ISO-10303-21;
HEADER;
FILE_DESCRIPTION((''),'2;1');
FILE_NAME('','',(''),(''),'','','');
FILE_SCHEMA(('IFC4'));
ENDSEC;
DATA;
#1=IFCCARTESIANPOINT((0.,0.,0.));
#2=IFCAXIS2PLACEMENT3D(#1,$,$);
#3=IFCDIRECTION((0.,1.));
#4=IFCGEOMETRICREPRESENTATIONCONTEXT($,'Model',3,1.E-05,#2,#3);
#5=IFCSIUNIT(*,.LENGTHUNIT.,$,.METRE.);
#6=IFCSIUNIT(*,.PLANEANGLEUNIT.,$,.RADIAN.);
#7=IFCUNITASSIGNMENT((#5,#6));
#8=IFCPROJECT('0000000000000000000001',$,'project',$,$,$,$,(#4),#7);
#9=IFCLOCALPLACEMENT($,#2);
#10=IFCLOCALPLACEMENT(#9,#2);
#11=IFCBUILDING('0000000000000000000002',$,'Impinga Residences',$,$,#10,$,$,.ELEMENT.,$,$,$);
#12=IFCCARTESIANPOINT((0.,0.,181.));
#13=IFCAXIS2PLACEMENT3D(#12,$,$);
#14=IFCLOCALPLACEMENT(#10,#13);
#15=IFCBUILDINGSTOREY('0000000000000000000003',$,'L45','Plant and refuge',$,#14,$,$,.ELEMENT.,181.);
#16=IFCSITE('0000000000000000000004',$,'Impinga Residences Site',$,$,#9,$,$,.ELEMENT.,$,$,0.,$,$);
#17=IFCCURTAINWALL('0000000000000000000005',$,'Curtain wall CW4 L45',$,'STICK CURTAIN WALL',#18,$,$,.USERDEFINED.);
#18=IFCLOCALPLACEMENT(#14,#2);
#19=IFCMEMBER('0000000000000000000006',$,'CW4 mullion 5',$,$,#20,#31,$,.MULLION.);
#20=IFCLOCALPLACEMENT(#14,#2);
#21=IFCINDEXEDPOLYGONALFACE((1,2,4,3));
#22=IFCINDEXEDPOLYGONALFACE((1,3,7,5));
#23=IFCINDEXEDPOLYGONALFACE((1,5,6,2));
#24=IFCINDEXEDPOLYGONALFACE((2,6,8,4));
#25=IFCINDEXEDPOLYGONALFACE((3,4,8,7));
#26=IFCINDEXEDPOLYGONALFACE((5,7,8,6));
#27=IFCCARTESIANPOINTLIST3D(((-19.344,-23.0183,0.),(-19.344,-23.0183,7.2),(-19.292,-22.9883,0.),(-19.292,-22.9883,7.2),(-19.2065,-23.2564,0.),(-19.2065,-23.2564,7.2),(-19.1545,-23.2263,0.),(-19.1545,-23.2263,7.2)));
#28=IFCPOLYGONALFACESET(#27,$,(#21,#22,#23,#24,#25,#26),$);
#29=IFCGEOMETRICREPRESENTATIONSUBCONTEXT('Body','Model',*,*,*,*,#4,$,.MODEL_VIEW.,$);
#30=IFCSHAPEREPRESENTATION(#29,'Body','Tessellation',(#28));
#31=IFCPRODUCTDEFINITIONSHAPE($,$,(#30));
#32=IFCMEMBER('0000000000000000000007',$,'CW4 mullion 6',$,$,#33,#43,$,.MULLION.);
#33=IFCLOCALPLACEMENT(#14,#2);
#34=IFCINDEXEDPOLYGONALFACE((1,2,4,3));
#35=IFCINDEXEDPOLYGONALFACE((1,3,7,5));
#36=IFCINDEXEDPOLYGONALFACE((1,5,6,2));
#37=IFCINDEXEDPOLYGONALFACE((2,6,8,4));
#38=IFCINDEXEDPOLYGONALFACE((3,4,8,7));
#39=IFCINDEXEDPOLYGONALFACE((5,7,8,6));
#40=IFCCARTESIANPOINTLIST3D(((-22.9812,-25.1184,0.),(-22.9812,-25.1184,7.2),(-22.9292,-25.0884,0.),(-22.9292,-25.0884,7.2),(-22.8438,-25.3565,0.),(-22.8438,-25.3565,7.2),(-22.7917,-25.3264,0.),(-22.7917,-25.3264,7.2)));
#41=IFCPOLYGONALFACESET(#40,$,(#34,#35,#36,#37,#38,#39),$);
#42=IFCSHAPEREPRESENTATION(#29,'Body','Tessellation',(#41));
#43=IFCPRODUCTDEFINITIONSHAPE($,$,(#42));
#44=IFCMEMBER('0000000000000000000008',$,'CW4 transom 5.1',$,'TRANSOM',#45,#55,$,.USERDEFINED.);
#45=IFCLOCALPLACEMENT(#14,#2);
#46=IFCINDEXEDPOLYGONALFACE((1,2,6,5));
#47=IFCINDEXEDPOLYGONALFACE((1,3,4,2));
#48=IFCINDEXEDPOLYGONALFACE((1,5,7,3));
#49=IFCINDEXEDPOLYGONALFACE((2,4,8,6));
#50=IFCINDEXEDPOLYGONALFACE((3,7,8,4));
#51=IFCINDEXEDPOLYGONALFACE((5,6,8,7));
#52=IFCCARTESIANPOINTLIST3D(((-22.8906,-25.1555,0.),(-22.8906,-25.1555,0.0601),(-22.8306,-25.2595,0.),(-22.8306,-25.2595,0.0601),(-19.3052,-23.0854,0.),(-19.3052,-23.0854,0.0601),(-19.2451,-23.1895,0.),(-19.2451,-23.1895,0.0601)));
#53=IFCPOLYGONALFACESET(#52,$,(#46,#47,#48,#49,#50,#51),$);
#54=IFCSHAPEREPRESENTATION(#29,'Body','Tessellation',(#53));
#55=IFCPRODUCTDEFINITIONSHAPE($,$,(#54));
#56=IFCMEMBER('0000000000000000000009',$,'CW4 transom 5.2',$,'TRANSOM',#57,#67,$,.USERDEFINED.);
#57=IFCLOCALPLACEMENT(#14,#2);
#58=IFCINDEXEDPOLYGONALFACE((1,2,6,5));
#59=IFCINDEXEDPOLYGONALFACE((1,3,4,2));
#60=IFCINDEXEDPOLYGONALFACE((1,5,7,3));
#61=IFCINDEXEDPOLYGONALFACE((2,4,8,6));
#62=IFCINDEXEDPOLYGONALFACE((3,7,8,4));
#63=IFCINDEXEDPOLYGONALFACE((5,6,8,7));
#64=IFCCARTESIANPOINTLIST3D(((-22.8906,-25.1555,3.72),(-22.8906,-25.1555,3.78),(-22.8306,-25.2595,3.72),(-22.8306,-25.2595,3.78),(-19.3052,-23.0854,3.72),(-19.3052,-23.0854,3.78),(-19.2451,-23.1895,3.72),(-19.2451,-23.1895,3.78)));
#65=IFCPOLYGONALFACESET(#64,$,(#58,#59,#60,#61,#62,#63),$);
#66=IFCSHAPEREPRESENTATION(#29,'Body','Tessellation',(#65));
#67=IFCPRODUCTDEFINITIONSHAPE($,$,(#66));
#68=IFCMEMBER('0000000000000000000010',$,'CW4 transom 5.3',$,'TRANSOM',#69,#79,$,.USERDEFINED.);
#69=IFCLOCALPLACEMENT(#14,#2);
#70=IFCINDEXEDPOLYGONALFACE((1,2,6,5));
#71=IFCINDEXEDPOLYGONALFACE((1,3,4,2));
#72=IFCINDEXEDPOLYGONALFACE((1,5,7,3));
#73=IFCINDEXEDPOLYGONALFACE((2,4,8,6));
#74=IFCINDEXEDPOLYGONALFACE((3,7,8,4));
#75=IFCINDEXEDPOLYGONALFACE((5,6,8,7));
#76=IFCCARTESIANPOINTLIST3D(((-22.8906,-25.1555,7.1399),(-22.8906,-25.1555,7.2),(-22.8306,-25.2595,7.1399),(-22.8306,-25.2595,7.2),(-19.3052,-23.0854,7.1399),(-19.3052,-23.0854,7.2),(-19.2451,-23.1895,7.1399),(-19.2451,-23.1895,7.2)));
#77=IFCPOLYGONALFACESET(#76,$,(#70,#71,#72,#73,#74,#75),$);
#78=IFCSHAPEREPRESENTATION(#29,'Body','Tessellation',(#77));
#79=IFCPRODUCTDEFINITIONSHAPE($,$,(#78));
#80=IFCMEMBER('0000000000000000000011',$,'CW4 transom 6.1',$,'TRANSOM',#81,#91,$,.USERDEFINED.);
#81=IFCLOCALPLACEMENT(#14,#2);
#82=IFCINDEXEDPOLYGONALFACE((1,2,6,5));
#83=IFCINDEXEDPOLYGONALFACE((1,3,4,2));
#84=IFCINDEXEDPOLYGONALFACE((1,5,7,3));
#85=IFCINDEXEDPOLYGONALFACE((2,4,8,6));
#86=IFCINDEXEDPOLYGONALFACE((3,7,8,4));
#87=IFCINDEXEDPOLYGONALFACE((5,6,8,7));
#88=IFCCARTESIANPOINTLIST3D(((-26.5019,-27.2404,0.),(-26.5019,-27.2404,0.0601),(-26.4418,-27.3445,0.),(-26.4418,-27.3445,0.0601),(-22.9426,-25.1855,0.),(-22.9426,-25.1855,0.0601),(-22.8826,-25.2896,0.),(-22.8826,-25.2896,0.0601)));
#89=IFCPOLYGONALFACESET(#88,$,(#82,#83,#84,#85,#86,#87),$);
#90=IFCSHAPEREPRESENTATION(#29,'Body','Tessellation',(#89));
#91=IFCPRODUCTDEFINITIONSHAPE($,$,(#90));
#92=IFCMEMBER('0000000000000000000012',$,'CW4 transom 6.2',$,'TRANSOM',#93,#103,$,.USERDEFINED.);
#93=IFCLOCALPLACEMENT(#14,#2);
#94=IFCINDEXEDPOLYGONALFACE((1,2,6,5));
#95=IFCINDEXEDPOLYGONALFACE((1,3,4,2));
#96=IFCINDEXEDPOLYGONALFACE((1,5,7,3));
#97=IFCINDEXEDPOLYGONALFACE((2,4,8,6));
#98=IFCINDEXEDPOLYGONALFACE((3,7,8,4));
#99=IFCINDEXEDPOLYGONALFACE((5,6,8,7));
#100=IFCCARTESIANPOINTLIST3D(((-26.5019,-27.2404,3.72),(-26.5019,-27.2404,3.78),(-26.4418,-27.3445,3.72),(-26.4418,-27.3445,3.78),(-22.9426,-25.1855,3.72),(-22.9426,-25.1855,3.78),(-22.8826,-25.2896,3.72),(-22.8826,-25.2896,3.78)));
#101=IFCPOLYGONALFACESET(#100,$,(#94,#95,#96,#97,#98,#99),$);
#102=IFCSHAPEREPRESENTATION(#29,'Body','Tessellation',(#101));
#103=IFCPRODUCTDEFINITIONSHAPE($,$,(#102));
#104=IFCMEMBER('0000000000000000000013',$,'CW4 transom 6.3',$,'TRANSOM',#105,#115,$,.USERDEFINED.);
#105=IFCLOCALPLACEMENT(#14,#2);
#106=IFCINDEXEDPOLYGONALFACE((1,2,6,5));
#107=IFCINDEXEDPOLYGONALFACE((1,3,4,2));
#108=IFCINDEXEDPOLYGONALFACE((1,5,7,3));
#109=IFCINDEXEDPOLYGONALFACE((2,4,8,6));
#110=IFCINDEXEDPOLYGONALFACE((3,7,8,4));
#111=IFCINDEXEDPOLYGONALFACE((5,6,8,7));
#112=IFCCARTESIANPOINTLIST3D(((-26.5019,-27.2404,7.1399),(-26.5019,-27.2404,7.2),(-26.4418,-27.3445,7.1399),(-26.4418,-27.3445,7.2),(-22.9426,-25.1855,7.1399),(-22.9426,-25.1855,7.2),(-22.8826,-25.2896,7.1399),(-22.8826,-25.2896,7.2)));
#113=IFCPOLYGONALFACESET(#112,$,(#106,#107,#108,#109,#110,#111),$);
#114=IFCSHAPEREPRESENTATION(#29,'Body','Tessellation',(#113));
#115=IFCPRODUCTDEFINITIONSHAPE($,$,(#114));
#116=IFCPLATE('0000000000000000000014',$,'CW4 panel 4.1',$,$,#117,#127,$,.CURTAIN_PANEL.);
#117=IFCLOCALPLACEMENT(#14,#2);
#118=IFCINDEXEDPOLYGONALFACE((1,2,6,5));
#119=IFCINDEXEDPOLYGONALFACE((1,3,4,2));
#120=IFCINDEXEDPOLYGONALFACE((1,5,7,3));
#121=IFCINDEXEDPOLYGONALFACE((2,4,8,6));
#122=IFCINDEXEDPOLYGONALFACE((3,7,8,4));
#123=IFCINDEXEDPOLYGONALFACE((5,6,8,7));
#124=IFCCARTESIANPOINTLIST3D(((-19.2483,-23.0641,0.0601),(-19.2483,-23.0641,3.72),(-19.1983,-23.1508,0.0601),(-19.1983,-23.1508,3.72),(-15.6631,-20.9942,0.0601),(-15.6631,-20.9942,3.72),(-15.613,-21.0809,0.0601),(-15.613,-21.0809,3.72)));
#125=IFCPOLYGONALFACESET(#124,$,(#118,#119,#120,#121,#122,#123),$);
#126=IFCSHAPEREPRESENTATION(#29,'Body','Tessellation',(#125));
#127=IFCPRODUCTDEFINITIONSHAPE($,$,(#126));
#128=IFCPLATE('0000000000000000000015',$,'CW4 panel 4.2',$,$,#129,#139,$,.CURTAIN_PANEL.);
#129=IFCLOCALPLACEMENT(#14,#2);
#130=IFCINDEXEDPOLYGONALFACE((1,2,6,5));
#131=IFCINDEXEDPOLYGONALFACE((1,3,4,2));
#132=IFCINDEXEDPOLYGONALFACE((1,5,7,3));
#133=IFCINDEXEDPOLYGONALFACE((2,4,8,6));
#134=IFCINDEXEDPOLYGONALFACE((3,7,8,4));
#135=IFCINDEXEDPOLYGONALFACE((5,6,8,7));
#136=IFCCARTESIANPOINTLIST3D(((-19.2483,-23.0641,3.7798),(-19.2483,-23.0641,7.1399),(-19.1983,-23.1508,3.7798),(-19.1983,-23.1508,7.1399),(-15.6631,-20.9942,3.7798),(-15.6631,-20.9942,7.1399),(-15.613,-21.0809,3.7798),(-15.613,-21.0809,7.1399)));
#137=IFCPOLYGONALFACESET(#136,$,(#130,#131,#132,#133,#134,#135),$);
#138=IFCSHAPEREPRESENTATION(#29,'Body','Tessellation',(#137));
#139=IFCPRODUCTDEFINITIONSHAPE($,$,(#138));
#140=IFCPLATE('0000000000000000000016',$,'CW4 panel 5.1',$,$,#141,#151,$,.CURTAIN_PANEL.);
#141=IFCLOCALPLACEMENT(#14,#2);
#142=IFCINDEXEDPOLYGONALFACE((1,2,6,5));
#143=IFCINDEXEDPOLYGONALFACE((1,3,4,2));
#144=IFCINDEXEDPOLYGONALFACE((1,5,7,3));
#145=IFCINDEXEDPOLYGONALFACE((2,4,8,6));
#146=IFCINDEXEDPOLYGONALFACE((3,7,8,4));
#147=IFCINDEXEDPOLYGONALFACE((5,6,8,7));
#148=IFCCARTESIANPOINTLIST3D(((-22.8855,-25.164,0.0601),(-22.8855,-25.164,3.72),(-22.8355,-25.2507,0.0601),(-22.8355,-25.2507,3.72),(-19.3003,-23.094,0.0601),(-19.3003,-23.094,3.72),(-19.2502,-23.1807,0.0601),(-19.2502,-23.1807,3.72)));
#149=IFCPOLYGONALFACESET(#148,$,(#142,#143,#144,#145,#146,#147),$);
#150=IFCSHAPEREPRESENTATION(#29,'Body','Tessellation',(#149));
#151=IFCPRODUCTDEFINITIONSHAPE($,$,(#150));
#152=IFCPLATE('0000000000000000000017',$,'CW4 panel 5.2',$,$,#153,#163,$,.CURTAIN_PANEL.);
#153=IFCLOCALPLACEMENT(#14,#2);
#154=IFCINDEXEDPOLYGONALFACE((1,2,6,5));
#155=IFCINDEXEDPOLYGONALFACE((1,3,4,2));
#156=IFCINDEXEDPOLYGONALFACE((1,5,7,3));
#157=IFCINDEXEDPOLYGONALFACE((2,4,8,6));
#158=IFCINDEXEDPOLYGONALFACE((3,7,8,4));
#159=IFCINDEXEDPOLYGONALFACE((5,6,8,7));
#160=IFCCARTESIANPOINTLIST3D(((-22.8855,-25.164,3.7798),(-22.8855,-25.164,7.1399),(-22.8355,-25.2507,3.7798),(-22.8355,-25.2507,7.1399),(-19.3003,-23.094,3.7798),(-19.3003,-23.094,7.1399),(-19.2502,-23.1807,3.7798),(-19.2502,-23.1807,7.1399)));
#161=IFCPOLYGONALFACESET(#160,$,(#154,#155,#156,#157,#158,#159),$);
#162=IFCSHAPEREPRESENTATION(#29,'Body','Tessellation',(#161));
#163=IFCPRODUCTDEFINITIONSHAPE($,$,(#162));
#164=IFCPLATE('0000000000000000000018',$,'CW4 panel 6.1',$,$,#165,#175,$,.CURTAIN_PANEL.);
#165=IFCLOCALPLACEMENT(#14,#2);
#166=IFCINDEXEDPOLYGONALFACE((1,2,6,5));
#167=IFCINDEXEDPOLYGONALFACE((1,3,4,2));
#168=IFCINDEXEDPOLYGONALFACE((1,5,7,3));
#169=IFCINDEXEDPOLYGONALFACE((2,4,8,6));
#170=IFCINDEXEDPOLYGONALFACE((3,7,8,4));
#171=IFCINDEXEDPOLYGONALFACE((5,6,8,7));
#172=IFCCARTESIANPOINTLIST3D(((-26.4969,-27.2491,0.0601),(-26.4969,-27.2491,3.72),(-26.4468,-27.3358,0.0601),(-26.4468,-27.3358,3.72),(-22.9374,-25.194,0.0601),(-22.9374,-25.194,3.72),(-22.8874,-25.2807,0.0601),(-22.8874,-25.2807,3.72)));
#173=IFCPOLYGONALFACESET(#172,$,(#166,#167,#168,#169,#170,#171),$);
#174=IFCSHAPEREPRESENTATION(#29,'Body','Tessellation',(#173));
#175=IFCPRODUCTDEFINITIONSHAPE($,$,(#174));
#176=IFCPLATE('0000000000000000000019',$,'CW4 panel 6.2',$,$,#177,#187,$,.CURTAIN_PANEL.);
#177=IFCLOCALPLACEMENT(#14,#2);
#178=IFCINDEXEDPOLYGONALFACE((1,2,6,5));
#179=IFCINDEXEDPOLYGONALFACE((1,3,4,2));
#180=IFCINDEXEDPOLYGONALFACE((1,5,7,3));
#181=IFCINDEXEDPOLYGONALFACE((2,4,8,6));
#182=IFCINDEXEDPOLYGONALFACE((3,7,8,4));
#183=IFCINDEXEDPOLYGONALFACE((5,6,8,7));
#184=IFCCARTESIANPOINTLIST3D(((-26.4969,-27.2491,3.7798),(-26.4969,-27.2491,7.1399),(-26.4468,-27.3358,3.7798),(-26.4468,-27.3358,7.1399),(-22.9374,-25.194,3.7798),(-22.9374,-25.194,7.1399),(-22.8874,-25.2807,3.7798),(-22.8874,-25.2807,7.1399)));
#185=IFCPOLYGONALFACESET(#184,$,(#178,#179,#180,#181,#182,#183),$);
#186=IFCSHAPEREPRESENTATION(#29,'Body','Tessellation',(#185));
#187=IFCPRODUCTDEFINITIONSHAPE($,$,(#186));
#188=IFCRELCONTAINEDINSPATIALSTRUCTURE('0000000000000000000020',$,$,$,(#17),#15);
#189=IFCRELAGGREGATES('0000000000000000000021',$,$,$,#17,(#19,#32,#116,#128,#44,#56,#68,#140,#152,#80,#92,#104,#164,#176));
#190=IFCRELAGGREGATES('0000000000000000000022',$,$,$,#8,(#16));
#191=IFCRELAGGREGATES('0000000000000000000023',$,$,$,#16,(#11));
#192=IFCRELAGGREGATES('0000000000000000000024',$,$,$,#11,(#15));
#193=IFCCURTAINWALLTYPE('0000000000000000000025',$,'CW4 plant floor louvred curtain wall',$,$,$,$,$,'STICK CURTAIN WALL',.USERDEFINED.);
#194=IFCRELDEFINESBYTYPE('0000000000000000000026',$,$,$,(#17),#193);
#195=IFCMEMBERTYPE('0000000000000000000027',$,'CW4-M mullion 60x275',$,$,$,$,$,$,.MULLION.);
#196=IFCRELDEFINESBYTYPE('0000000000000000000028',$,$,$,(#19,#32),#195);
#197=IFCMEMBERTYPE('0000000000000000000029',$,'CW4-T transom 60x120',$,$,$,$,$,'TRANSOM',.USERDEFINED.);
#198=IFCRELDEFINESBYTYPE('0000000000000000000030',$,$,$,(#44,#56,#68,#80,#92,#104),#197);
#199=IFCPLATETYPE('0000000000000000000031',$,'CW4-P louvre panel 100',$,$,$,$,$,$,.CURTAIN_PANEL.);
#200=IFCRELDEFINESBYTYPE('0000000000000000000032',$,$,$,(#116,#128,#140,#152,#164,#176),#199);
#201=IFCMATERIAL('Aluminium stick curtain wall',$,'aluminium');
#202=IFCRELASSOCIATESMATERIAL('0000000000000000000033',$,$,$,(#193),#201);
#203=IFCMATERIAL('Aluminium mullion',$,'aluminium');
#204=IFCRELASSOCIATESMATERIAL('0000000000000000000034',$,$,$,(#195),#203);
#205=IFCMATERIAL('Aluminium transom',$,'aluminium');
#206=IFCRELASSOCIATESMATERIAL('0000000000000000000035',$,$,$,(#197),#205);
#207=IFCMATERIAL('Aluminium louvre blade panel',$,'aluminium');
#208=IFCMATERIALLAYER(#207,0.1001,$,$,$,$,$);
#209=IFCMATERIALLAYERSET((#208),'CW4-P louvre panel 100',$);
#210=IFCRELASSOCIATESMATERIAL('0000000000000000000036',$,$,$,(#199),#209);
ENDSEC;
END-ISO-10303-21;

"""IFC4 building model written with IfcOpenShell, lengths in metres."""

from ifc_helpers import new_model, si_unit, direction, frame, origin, origin_2d, place, context, subcontext, project, spatial, rectangle, extrude, material, layer, layer_set, material_profile, profile_set, type_object, element, aggregate, save


model = new_model("IFC4")

# Units and contexts
model_context = context("Model", 3, precision=1e-05, world=origin(), true_north=direction((0.0, 1.0)))
body_context = subcontext(model_context, "Body", "Model", "MODEL_VIEW")
ifc_project = project(units=[si_unit("LENGTHUNIT", "METRE"), si_unit("PLANEANGLEUNIT", "RADIAN")], contexts=[model_context])

# Site, building, storey
site_placement = place(None, origin())
site = spatial("IfcSite", under=ifc_project, at=site_placement, Name="Impinga Residences Site", CompositionType="ELEMENT", RefElevation=0.0)
building_placement = place(site_placement, origin())
building = spatial("IfcBuilding", under=site, at=building_placement, Name="Impinga Residences", CompositionType="ELEMENT")
storey_placement = place(building_placement, frame((0.0, 0.0, 181.0)))
storey = spatial("IfcBuildingStorey", under=building, at=storey_placement, Name="L45", Description="Plant and refuge", CompositionType="ELEMENT", Elevation=181.0)

# Curtain wall, members, plates
ifc_material_1 = material(Name="Aluminium stick curtain wall", Category="aluminium")
curtain_wall_type = type_object("IfcCurtainWallType", Name="CW4 plant floor louvred curtain wall", ElementType="STICK CURTAIN WALL", PredefinedType="USERDEFINED", material=ifc_material_1)
curtain_wall_placement = place(storey_placement, origin())
curtain_wall = element("IfcCurtainWall", 1, at=curtain_wall_placement, inside=storey, type_object=curtain_wall_type, Name="Curtain wall CW4 L45", ObjectType="STICK CURTAIN WALL", PredefinedType="USERDEFINED")
ifc_material_2 = material(Name="Aluminium mullion", Category="aluminium")
ifc_material_profile_1 = material_profile(ifc_material_2, rectangle(XDim=0.0601, YDim=0.2749, at=origin_2d()), Name="60x275 mullion")
ifc_profile_set_1 = profile_set([ifc_material_profile_1], Name="Aluminium mullion")
member_type_1 = type_object("IfcMemberType", Name="CW4-M mullion 60x275", PredefinedType="MULLION", material=ifc_profile_set_1)
member_1_placement = place(storey_placement, frame((-19.2493, -23.1223, 0.0), z_axis=(0.0, 0.0, 1.0), x_axis=(-0.866025, -0.5, 0.0)))
member_1 = element("IfcMember", 2, at=member_1_placement, type_object=member_type_1, Name="CW4 mullion 5", PredefinedType="MULLION", context=body_context, shape_type="SweptSolid", body=[
    extrude(rectangle(XDim=0.0601, YDim=0.2749, at=origin_2d()), origin(), (0.0, 0.0, 1.0), 7.2),
])
member_2_placement = place(storey_placement, frame((-22.8865, -25.2224, 0.0), z_axis=(0.0, 0.0, 1.0), x_axis=(-0.866025, -0.5, 0.0)))
member_2 = element("IfcMember", 3, at=member_2_placement, type_object=member_type_1, Name="CW4 mullion 6", PredefinedType="MULLION", context=body_context, shape_type="SweptSolid", body=[
    extrude(rectangle(XDim=0.0601, YDim=0.2749, at=origin_2d()), origin(), (0.0, 0.0, 1.0), 7.2),
])
ifc_material_3 = material(Name="Aluminium transom", Category="aluminium")
ifc_material_profile_2 = material_profile(ifc_material_3, rectangle(XDim=0.0601, YDim=0.1201, at=origin_2d()), Name="60x120 transom")
ifc_profile_set_2 = profile_set([ifc_material_profile_2], Name="Aluminium transom")
member_type_2 = type_object("IfcMemberType", Name="CW4-T transom 60x120", ElementType="TRANSOM", PredefinedType="USERDEFINED", material=ifc_profile_set_2)
member_3_placement = place(storey_placement, frame((-19.2751, -23.1375, 0.03), z_axis=(-0.866025, -0.500002, 0.0), x_axis=(0.0, 0.0, 1.0)))
member_3 = element("IfcMember", 4, at=member_3_placement, type_object=member_type_2, Name="CW4 transom 5.1", ObjectType="TRANSOM", PredefinedType="USERDEFINED", context=body_context, shape_type="SweptSolid", body=[
    extrude(rectangle(XDim=0.0601, YDim=0.1201, at=origin_2d()), origin(), (0.0, 0.0, 1.0), 4.1401),
])
member_4_placement = place(storey_placement, frame((-19.2751, -23.1375, 3.75), z_axis=(-0.866025, -0.500002, 0.0), x_axis=(0.0, 0.0, 1.0)))
member_4 = element("IfcMember", 5, at=member_4_placement, type_object=member_type_2, Name="CW4 transom 5.2", ObjectType="TRANSOM", PredefinedType="USERDEFINED", context=body_context, shape_type="SweptSolid", body=[
    extrude(rectangle(XDim=0.0601, YDim=0.1201, at=origin_2d()), origin(), (0.0, 0.0, 1.0), 4.1401),
])
member_5_placement = place(storey_placement, frame((-19.2751, -23.1375, 7.1699), z_axis=(-0.866025, -0.500002, 0.0), x_axis=(0.0, 0.0, 1.0)))
member_5 = element("IfcMember", 6, at=member_5_placement, type_object=member_type_2, Name="CW4 transom 5.3", ObjectType="TRANSOM", PredefinedType="USERDEFINED", context=body_context, shape_type="SweptSolid", body=[
    extrude(rectangle(XDim=0.0601, YDim=0.1201, at=origin_2d()), origin(), (0.0, 0.0, 1.0), 4.1401),
])
member_6_placement = place(storey_placement, frame((-22.9126, -25.2375, 0.03), z_axis=(-0.86603, -0.499992, 0.0), x_axis=(0.0, 0.0, 1.0)))
member_6 = element("IfcMember", 7, at=member_6_placement, type_object=member_type_2, Name="CW4 transom 6.1", ObjectType="TRANSOM", PredefinedType="USERDEFINED", context=body_context, shape_type="SweptSolid", body=[
    extrude(rectangle(XDim=0.0601, YDim=0.1201, at=origin_2d()), origin(), (0.0, 0.0, 1.0), 4.1099),
])
member_7_placement = place(storey_placement, frame((-22.9126, -25.2375, 3.75), z_axis=(-0.86603, -0.499992, 0.0), x_axis=(0.0, 0.0, 1.0)))
member_7 = element("IfcMember", 8, at=member_7_placement, type_object=member_type_2, Name="CW4 transom 6.2", ObjectType="TRANSOM", PredefinedType="USERDEFINED", context=body_context, shape_type="SweptSolid", body=[
    extrude(rectangle(XDim=0.0601, YDim=0.1201, at=origin_2d()), origin(), (0.0, 0.0, 1.0), 4.1099),
])
member_8_placement = place(storey_placement, frame((-22.9126, -25.2375, 7.1699), z_axis=(-0.86603, -0.499992, 0.0), x_axis=(0.0, 0.0, 1.0)))
member_8 = element("IfcMember", 9, at=member_8_placement, type_object=member_type_2, Name="CW4 transom 6.3", ObjectType="TRANSOM", PredefinedType="USERDEFINED", context=body_context, shape_type="SweptSolid", body=[
    extrude(rectangle(XDim=0.0601, YDim=0.1201, at=origin_2d()), origin(), (0.0, 0.0, 1.0), 4.1099),
])
ifc_material_4 = material(Name="Aluminium louvre blade panel", Category="aluminium")
ifc_layer_1 = layer(ifc_material_4, 0.1001)
ifc_layer_set_1 = layer_set([ifc_layer_1], Name="CW4-P louvre panel 100")
plate_type = type_object("IfcPlateType", Name="CW4-P louvre panel 100", PredefinedType="CURTAIN_PANEL", material=ifc_layer_set_1)
plate_1_placement = place(storey_placement, frame((-17.4307, -22.0725, 0.0601), z_axis=(0.0, 0.0, 1.0), x_axis=(-0.866025, -0.5, 0.0)))
plate_1 = element("IfcPlate", 10, at=plate_1_placement, type_object=plate_type, Name="CW4 panel 4.1", PredefinedType="CURTAIN_PANEL", context=body_context, shape_type="SweptSolid", body=[
    extrude(rectangle(XDim=4.1399, YDim=0.1001, at=origin_2d()), origin(), (0.0, 0.0, 1.0), 3.6599),
])
plate_2_placement = place(storey_placement, frame((-17.4307, -22.0725, 3.7798), z_axis=(0.0, 0.0, 1.0), x_axis=(-0.866025, -0.5, 0.0)))
plate_2 = element("IfcPlate", 11, at=plate_2_placement, type_object=plate_type, Name="CW4 panel 4.2", PredefinedType="CURTAIN_PANEL", context=body_context, shape_type="SweptSolid", body=[
    extrude(rectangle(XDim=4.1399, YDim=0.1001, at=origin_2d()), origin(), (0.0, 0.0, 1.0), 3.3601),
])
plate_3_placement = place(storey_placement, frame((-21.0679, -24.1724, 0.0601), z_axis=(0.0, 0.0, 1.0), x_axis=(-0.866025, -0.5, 0.0)))
plate_3 = element("IfcPlate", 12, at=plate_3_placement, type_object=plate_type, Name="CW4 panel 5.1", PredefinedType="CURTAIN_PANEL", context=body_context, shape_type="SweptSolid", body=[
    extrude(rectangle(XDim=4.1399, YDim=0.1001, at=origin_2d()), origin(), (0.0, 0.0, 1.0), 3.6599),
])
plate_4_placement = place(storey_placement, frame((-21.0679, -24.1724, 3.7798), z_axis=(0.0, 0.0, 1.0), x_axis=(-0.866025, -0.5, 0.0)))
plate_4 = element("IfcPlate", 13, at=plate_4_placement, type_object=plate_type, Name="CW4 panel 5.2", PredefinedType="CURTAIN_PANEL", context=body_context, shape_type="SweptSolid", body=[
    extrude(rectangle(XDim=4.1399, YDim=0.1001, at=origin_2d()), origin(), (0.0, 0.0, 1.0), 3.3601),
])
plate_5_placement = place(storey_placement, frame((-24.6921, -26.2649, 0.0601), z_axis=(0.0, 0.0, 1.0), x_axis=(-0.866025, -0.5, 0.0)))
plate_5 = element("IfcPlate", 14, at=plate_5_placement, type_object=plate_type, Name="CW4 panel 6.1", PredefinedType="CURTAIN_PANEL", context=body_context, shape_type="SweptSolid", body=[
    extrude(rectangle(XDim=4.1101, YDim=0.1001, at=origin_2d()), origin(), (0.0, 0.0, 1.0), 3.6599),
])
plate_6_placement = place(storey_placement, frame((-24.6921, -26.2649, 3.7798), z_axis=(0.0, 0.0, 1.0), x_axis=(-0.866025, -0.5, 0.0)))
plate_6 = element("IfcPlate", 15, at=plate_6_placement, type_object=plate_type, Name="CW4 panel 6.2", PredefinedType="CURTAIN_PANEL", context=body_context, shape_type="SweptSolid", body=[
    extrude(rectangle(XDim=4.1101, YDim=0.1001, at=origin_2d()), origin(), (0.0, 0.0, 1.0), 3.3601),
])
aggregate(curtain_wall, [member_1, member_2, plate_1, plate_2, member_3, member_4, member_5, plate_3, plate_4, member_6, member_7, member_8, plate_5, plate_6])

save(model, "model.ifc")
